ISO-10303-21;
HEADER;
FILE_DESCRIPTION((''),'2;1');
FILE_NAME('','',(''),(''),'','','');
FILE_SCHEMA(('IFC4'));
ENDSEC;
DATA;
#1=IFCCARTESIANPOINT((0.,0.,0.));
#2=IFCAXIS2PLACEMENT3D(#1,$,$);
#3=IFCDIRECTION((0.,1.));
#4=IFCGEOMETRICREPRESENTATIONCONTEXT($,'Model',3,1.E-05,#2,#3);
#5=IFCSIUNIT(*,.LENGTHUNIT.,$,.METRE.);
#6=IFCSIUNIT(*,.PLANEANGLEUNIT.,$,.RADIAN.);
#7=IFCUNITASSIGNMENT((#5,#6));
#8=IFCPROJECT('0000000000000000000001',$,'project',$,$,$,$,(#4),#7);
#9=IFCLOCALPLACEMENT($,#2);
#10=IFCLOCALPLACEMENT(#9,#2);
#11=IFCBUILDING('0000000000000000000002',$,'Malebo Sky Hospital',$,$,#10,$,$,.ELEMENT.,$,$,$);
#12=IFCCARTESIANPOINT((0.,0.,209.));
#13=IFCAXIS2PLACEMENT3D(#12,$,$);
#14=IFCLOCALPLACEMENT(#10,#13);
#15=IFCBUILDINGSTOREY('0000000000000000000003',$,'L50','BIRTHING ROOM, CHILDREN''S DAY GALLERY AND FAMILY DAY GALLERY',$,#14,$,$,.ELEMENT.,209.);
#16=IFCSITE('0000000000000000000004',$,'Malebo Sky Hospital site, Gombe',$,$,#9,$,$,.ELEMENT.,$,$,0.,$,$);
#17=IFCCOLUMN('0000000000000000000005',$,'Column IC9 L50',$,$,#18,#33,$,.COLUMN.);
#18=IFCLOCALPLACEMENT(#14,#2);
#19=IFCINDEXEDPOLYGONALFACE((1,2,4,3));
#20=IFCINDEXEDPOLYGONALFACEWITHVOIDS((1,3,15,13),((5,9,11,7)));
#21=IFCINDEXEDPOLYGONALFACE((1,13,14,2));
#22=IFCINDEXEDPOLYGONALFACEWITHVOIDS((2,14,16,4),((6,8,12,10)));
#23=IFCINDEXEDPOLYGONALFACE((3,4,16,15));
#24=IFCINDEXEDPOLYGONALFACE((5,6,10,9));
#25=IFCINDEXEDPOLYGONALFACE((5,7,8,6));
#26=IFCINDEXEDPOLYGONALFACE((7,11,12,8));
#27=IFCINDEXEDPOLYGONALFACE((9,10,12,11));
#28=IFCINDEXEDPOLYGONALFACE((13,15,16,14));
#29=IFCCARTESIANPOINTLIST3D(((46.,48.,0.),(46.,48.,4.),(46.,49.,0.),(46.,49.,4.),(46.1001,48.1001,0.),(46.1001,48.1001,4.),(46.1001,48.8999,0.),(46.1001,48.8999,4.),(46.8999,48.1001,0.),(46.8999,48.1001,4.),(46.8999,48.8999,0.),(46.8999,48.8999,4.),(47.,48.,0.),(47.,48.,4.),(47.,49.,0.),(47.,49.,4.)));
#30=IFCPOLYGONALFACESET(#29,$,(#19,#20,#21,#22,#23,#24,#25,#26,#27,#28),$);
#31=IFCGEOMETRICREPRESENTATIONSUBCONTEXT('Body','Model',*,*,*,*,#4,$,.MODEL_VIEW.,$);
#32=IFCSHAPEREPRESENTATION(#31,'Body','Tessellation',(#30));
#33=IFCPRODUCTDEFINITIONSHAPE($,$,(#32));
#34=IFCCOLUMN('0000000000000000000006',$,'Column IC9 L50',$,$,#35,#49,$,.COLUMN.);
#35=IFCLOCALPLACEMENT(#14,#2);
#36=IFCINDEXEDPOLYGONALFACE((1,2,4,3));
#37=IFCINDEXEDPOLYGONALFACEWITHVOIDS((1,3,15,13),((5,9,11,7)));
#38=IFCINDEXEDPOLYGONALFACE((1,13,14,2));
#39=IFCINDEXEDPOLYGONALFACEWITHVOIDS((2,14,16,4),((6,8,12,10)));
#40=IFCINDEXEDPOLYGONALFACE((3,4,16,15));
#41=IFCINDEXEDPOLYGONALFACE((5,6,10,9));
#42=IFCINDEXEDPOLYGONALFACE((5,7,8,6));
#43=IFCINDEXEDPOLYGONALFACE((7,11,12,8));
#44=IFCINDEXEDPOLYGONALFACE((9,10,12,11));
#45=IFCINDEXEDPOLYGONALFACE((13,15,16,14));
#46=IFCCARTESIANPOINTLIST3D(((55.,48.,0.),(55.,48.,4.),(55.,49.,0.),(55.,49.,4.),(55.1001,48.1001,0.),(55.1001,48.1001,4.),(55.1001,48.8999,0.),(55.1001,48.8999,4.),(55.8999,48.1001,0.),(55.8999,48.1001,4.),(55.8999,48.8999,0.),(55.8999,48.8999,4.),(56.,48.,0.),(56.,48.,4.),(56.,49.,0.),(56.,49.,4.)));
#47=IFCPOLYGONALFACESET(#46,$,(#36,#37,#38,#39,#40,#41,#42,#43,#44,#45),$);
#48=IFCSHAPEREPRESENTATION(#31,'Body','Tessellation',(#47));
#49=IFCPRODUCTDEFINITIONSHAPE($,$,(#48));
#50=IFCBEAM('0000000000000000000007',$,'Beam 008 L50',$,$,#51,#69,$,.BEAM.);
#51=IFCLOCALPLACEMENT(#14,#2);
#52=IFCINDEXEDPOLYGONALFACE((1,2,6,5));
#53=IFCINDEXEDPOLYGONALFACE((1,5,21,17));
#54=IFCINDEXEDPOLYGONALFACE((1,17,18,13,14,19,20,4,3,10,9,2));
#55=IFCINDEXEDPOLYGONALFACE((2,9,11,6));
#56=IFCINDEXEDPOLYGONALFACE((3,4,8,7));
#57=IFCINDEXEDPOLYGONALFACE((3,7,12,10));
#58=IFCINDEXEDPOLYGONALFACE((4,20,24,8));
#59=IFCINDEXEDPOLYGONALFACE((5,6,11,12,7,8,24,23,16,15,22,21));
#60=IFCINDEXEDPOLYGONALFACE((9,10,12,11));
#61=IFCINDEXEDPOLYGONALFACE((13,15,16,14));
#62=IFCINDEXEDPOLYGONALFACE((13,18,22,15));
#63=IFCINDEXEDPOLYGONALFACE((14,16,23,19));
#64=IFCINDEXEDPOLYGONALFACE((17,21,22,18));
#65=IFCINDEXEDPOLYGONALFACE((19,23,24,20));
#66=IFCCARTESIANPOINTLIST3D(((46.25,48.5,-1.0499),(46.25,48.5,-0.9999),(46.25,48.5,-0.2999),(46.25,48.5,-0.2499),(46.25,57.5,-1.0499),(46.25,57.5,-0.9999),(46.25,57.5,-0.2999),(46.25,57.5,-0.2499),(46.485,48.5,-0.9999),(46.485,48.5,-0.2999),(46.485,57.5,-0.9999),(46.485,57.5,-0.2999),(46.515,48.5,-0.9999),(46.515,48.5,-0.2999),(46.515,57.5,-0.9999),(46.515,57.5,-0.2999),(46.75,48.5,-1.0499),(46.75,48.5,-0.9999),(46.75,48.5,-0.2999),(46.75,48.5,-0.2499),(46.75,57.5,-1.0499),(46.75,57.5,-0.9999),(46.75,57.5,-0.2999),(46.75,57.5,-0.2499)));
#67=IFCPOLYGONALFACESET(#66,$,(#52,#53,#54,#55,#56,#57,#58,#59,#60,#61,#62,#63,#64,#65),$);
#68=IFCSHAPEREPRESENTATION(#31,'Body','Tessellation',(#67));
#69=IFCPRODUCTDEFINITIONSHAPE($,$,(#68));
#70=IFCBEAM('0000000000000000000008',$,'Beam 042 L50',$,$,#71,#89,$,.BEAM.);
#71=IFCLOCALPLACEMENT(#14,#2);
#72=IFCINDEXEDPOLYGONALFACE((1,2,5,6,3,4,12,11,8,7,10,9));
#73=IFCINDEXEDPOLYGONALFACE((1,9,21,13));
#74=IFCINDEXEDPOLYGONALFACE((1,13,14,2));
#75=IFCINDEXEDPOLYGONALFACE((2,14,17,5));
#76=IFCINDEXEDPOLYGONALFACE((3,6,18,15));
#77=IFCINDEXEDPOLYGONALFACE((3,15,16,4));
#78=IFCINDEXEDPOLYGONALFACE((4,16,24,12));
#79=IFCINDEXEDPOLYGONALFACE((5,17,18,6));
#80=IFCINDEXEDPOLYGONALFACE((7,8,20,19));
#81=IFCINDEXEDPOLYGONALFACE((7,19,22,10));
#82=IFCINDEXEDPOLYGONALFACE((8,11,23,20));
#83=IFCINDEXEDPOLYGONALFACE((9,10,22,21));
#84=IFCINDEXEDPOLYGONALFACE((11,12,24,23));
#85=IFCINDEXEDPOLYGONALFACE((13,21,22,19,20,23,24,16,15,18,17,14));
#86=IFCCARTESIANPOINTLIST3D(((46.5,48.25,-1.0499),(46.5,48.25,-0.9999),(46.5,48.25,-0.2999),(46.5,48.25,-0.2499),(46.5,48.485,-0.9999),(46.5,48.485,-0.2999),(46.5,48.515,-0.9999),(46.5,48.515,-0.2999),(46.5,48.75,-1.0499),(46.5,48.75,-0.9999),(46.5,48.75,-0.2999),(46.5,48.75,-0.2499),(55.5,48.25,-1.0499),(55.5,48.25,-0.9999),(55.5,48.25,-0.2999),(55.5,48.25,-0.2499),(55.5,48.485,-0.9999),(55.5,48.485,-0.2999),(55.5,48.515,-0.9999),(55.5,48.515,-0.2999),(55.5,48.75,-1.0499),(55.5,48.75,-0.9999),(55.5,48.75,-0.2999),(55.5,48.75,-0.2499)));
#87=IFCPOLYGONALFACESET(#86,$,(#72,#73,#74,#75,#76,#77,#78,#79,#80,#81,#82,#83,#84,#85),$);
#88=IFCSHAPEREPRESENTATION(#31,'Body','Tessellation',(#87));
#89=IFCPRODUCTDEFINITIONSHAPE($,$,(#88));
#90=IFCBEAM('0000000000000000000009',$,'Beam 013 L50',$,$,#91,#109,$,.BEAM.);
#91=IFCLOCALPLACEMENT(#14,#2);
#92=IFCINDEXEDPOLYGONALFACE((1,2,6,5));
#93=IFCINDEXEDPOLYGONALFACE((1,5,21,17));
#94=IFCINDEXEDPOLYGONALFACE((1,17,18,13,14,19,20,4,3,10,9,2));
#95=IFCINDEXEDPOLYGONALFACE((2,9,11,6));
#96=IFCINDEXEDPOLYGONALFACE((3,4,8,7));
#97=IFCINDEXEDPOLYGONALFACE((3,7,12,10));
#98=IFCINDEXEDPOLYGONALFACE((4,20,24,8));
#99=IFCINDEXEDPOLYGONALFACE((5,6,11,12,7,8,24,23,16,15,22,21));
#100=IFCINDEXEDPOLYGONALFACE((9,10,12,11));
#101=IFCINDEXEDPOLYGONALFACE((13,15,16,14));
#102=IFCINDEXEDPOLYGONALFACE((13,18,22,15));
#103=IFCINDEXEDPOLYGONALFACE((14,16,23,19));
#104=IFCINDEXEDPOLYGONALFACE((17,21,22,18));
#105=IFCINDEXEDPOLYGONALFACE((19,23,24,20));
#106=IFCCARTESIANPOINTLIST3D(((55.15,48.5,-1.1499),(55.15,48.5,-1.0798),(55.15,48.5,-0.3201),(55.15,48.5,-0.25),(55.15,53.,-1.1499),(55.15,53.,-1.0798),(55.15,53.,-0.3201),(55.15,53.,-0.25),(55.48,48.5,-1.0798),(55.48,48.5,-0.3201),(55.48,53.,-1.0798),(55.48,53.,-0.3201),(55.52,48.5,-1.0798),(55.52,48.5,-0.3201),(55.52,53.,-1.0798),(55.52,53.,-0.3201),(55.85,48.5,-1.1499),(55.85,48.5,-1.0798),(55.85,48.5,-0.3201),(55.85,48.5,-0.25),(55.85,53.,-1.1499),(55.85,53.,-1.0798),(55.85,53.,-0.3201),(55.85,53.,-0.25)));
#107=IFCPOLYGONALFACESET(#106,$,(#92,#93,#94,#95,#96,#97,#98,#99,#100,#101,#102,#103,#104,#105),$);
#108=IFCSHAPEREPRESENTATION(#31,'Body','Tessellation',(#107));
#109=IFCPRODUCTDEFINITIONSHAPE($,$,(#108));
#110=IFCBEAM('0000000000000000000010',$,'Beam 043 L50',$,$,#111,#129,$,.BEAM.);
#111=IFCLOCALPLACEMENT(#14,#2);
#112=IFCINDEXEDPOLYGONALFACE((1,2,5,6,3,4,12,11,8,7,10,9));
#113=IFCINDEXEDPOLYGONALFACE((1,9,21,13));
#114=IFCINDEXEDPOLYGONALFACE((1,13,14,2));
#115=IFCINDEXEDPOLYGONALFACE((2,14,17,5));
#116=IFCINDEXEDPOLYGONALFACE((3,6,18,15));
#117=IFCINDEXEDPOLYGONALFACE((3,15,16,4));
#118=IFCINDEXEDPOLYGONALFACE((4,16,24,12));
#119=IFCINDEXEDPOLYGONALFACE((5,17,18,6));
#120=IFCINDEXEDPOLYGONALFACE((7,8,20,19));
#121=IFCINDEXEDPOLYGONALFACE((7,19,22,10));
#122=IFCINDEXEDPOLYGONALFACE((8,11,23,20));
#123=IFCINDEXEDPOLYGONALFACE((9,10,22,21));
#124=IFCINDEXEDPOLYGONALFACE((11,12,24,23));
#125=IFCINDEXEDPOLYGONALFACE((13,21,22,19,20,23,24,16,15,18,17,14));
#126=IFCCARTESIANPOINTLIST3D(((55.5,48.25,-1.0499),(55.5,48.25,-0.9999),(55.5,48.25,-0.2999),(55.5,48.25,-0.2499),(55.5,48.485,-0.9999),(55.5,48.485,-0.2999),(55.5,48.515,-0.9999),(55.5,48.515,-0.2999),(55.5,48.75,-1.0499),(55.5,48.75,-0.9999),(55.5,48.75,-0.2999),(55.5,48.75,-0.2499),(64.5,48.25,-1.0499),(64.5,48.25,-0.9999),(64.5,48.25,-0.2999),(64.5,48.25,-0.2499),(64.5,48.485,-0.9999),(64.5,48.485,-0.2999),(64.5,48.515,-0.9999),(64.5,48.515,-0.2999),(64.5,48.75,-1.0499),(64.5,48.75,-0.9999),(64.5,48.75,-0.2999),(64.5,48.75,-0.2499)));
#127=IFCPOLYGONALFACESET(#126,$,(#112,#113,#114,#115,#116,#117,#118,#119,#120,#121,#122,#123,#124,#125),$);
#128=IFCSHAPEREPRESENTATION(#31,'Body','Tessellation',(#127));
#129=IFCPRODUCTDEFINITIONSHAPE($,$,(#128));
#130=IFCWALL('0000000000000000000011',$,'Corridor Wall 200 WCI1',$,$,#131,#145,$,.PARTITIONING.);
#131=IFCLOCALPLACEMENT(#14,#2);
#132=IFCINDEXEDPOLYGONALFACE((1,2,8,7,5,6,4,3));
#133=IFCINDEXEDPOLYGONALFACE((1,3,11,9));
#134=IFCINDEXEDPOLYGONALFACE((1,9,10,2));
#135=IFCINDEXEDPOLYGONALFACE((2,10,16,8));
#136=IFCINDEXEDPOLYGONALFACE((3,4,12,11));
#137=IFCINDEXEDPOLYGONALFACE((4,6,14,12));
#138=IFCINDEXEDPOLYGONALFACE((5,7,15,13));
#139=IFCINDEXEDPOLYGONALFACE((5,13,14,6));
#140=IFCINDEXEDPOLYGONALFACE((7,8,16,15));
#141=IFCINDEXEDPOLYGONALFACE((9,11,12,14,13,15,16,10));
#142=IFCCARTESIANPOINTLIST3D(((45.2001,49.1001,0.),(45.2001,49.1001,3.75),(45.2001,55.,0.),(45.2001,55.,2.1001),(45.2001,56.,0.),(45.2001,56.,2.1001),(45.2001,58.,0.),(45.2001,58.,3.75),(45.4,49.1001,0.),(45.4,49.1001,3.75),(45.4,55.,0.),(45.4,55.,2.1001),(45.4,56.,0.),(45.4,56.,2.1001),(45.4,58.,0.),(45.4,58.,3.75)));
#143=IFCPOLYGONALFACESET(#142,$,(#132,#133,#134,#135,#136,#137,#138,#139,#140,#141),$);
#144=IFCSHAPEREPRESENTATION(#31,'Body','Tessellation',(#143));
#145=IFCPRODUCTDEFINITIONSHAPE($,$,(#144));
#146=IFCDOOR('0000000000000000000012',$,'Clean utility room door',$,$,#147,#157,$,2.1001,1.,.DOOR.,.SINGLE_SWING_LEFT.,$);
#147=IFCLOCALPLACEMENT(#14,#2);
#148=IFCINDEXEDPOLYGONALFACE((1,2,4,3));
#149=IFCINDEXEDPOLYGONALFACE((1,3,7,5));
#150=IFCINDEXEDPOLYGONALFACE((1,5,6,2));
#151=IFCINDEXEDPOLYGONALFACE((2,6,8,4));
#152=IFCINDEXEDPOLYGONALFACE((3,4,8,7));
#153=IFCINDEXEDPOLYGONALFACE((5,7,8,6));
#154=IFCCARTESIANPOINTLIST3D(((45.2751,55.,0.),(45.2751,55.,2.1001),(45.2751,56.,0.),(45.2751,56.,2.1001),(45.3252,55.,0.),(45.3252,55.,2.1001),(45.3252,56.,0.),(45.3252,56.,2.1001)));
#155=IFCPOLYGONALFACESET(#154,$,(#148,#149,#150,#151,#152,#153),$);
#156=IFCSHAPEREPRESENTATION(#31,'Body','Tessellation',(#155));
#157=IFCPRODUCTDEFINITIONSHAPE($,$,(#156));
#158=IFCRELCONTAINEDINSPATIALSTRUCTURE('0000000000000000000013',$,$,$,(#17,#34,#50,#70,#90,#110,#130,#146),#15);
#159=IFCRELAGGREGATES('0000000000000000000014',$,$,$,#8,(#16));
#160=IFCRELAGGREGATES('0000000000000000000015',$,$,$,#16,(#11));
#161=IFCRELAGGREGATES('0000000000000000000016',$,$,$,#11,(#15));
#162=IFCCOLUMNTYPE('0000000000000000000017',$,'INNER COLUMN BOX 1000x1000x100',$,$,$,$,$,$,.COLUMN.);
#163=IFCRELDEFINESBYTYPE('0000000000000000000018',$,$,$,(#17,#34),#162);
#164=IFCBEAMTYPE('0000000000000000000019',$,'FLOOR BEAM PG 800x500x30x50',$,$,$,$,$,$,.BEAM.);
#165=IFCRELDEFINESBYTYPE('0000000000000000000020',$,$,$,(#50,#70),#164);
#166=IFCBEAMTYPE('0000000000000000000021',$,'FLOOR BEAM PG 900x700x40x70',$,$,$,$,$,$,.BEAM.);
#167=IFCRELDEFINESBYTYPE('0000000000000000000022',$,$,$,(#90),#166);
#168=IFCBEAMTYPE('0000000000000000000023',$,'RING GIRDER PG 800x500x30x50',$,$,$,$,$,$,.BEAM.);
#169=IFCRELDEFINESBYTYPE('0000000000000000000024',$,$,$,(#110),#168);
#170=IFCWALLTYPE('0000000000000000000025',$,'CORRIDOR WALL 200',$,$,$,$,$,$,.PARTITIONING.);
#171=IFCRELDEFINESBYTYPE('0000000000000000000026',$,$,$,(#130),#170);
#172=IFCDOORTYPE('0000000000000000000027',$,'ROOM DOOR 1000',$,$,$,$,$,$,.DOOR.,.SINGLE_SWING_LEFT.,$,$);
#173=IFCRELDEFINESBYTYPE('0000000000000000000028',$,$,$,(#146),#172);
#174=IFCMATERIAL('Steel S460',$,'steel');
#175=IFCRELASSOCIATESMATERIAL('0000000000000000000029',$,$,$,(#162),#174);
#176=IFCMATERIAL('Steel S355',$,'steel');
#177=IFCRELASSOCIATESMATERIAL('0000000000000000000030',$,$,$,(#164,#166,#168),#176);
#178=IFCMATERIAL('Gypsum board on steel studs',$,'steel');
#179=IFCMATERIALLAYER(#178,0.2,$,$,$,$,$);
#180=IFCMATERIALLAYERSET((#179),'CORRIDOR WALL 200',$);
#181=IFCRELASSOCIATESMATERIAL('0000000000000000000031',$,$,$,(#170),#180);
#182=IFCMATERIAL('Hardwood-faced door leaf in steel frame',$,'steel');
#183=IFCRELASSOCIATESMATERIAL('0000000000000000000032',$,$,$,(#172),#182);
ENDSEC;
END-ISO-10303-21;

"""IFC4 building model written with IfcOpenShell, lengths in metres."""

from ifc_helpers import new_model, si_unit, direction, frame, frame_2d, origin, origin_2d, place, context, subcontext, project, spatial, rectangle, hollow_rectangle, i_section, extrude, material, layer, layer_set, material_profile, profile_set, type_object, element, fill, save


model = new_model("IFC4")

# Units and contexts
model_context = context("Model", 3, precision=1e-05, world=origin(), true_north=direction((0.0, 1.0)))
body_context = subcontext(model_context, "Body", "Model", "MODEL_VIEW")
ifc_project = project(units=[si_unit("LENGTHUNIT", "METRE"), si_unit("PLANEANGLEUNIT", "RADIAN")], contexts=[model_context])

# Site, building, storey
site_placement = place(None, origin())
site = spatial("IfcSite", under=ifc_project, at=site_placement, Name="Malebo Sky Hospital site, Gombe", CompositionType="ELEMENT", RefElevation=0.0)
building_placement = place(site_placement, origin())
building = spatial("IfcBuilding", under=site, at=building_placement, Name="Malebo Sky Hospital", CompositionType="ELEMENT")
storey_placement = place(building_placement, frame((0.0, 0.0, 209.0)))
storey = spatial("IfcBuildingStorey", under=building, at=storey_placement, Name="L50", Description="BIRTHING ROOM, CHILDREN'S DAY GALLERY AND FAMILY DAY GALLERY", CompositionType="ELEMENT", Elevation=209.0)

# Columns
ifc_material_1 = material(Name="Steel S460", Category="steel")
ifc_material_profile_1 = material_profile(ifc_material_1, hollow_rectangle(XDim=1.0, YDim=1.0, WallThickness=0.1001, at=origin_2d()), Name="BOX 1000x1000x100")
ifc_profile_set_1 = profile_set([ifc_material_profile_1], Name="Steel S460")
column_type = type_object("IfcColumnType", Name="INNER COLUMN BOX 1000x1000x100", PredefinedType="COLUMN", material=ifc_profile_set_1)
for number, where, z_axis, x_axis, name in (
    (1, (46.5, 48.5, 0.0), (0.0, 0.0, 1.0), (1.0, 0.0, 0.0), "Column IC9 L50"),
    (2, (55.5, 48.5, 0.0), (0.0, 0.0, 1.0), (1.0, 0.0, 0.0), "Column IC9 L50"),
):
    element("IfcColumn", number, at=place(storey_placement, frame(where, z_axis=z_axis, x_axis=x_axis)), inside=storey, type_object=column_type, Name=name, PredefinedType="COLUMN", context=body_context, shape_type="SweptSolid", body=[
        extrude(hollow_rectangle(XDim=1.0, YDim=1.0, WallThickness=0.1001, at=origin_2d()), origin(), (0.0, 0.0, 1.0), 4.0),
    ])

# Beams
ifc_material_2 = material(Name="Steel S355", Category="steel")
ifc_material_profile_2 = material_profile(ifc_material_2, i_section(OverallWidth=0.5, OverallDepth=0.8, WebThickness=0.03, FlangeThickness=0.05, at=origin_2d()), Name="PG 800x500x30x50")
ifc_profile_set_2 = profile_set([ifc_material_profile_2], Name="Steel S355")
beam_type_1 = type_object("IfcBeamType", Name="FLOOR BEAM PG 800x500x30x50", PredefinedType="BEAM", material=ifc_profile_set_2)
for number, where, z_axis, x_axis, name in (
    (3, (46.5, 48.5, -0.6499), (0.0, 1.0, 0.0), (-1.0, 0.0, 0.0), "Beam 008 L50"),
    (4, (46.5, 48.5, -0.6499), (1.0, 0.0, 0.0), (0.0, 1.0, 0.0), "Beam 042 L50"),
):
    element("IfcBeam", number, at=place(storey_placement, frame(where, z_axis=z_axis, x_axis=x_axis)), inside=storey, type_object=beam_type_1, Name=name, PredefinedType="BEAM", context=body_context, shape_type="SweptSolid", body=[
        extrude(i_section(OverallWidth=0.5, OverallDepth=0.8, WebThickness=0.03, FlangeThickness=0.05, at=origin_2d()), origin(), (0.0, 0.0, 1.0), 9.0),
    ])
ifc_material_profile_3 = material_profile(ifc_material_2, i_section(OverallWidth=0.7, OverallDepth=0.8999, WebThickness=0.04, FlangeThickness=0.0701, at=origin_2d()), Name="PG 900x700x40x70")
ifc_profile_set_3 = profile_set([ifc_material_profile_3], Name="Steel S355")
beam_type_2 = type_object("IfcBeamType", Name="FLOOR BEAM PG 900x700x40x70", PredefinedType="BEAM", material=ifc_profile_set_3)
beam_1_placement = place(storey_placement, frame((55.5, 48.5, -0.7), z_axis=(0.0, 1.0, 0.0), x_axis=(-1.0, 0.0, 0.0)))
element("IfcBeam", 5, at=beam_1_placement, inside=storey, type_object=beam_type_2, Name="Beam 013 L50", PredefinedType="BEAM", context=body_context, shape_type="SweptSolid", body=[
    extrude(i_section(OverallWidth=0.7, OverallDepth=0.8999, WebThickness=0.04, FlangeThickness=0.0701, at=origin_2d()), origin(), (0.0, 0.0, 1.0), 4.5),
])
ifc_material_profile_4 = material_profile(ifc_material_2, i_section(OverallWidth=0.5, OverallDepth=0.8, WebThickness=0.03, FlangeThickness=0.05, at=origin_2d()), Name="PG 800x500x30x50")
ifc_profile_set_4 = profile_set([ifc_material_profile_4], Name="Steel S355")
beam_type_3 = type_object("IfcBeamType", Name="RING GIRDER PG 800x500x30x50", PredefinedType="BEAM", material=ifc_profile_set_4)
beam_2_placement = place(storey_placement, frame((55.5, 48.5, -0.6499), z_axis=(1.0, 0.0, 0.0), x_axis=(0.0, 1.0, 0.0)))
element("IfcBeam", 6, at=beam_2_placement, inside=storey, type_object=beam_type_3, Name="Beam 043 L50", PredefinedType="BEAM", context=body_context, shape_type="SweptSolid", body=[
    extrude(i_section(OverallWidth=0.5, OverallDepth=0.8, WebThickness=0.03, FlangeThickness=0.05, at=origin_2d()), origin(), (0.0, 0.0, 1.0), 9.0),
])

# Wall, opening, door
ifc_material_3 = material(Name="Gypsum board on steel studs", Category="steel")
ifc_layer_1 = layer(ifc_material_3, 0.2)
ifc_layer_set_1 = layer_set([ifc_layer_1], Name="CORRIDOR WALL 200")
wall_type_1 = type_object("IfcWallType", Name="CORRIDOR WALL 200", PredefinedType="PARTITIONING", material=ifc_layer_set_1)
wall_1_placement = place(storey_placement, frame((45.3, 49.1001, 0.0), z_axis=(0.0, 0.0, 1.0), x_axis=(0.0, 1.0, 0.0)))
wall_1 = element("IfcWall", 7, at=wall_1_placement, inside=storey, type_object=wall_type_1, Name="Corridor Wall 200 WCI1", PredefinedType="PARTITIONING", context=body_context, shape_type="SweptSolid", body=[
    extrude(rectangle(XDim=8.8999, YDim=0.2, at=frame_2d((4.45, 0.0))), origin(), (0.0, 0.0, 1.0), 3.75),
])
opening_1_placement = place(wall_1_placement, frame((5.8999, 0.0, 0.0)))
opening_1 = element("IfcOpeningElement", 8, at=opening_1_placement, cuts=wall_1, PredefinedType="OPENING", context=body_context, shape_type="SweptSolid", body=[
    extrude(rectangle(XDim=1.0, YDim=2.1001, at=frame_2d((0.5, 1.05))), frame((0.0, 0.1099, 0.0), z_axis=(0.0, -1.0, 0.0), x_axis=(1.0, 0.0, 0.0)), (0.0, 0.0, 1.0), 0.22),
])
ifc_material_4 = material(Name="Hardwood-faced door leaf in steel frame", Category="steel")
door_type = type_object("IfcDoorType", Name="ROOM DOOR 1000", OperationType="SINGLE_SWING_LEFT", PredefinedType="DOOR", material=ifc_material_4)
door_1_placement = place(opening_1_placement, origin())
door_1 = element("IfcDoor", 9, at=door_1_placement, inside=storey, type_object=door_type, Name="Clean utility room door", OperationType="SINGLE_SWING_LEFT", OverallHeight=2.1001, OverallWidth=1.0, PredefinedType="DOOR", context=body_context, shape_type="SweptSolid", body=[
    extrude(rectangle(XDim=1.0, YDim=2.1001, at=frame_2d((0.5, 1.05))), frame((0.0, 0.0249, 0.0), z_axis=(0.0, -1.0, 0.0), x_axis=(1.0, 0.0, 0.0)), (0.0, 0.0, 1.0), 0.05),
])
fill(opening_1, door_1)

save(model, "model.ifc")
